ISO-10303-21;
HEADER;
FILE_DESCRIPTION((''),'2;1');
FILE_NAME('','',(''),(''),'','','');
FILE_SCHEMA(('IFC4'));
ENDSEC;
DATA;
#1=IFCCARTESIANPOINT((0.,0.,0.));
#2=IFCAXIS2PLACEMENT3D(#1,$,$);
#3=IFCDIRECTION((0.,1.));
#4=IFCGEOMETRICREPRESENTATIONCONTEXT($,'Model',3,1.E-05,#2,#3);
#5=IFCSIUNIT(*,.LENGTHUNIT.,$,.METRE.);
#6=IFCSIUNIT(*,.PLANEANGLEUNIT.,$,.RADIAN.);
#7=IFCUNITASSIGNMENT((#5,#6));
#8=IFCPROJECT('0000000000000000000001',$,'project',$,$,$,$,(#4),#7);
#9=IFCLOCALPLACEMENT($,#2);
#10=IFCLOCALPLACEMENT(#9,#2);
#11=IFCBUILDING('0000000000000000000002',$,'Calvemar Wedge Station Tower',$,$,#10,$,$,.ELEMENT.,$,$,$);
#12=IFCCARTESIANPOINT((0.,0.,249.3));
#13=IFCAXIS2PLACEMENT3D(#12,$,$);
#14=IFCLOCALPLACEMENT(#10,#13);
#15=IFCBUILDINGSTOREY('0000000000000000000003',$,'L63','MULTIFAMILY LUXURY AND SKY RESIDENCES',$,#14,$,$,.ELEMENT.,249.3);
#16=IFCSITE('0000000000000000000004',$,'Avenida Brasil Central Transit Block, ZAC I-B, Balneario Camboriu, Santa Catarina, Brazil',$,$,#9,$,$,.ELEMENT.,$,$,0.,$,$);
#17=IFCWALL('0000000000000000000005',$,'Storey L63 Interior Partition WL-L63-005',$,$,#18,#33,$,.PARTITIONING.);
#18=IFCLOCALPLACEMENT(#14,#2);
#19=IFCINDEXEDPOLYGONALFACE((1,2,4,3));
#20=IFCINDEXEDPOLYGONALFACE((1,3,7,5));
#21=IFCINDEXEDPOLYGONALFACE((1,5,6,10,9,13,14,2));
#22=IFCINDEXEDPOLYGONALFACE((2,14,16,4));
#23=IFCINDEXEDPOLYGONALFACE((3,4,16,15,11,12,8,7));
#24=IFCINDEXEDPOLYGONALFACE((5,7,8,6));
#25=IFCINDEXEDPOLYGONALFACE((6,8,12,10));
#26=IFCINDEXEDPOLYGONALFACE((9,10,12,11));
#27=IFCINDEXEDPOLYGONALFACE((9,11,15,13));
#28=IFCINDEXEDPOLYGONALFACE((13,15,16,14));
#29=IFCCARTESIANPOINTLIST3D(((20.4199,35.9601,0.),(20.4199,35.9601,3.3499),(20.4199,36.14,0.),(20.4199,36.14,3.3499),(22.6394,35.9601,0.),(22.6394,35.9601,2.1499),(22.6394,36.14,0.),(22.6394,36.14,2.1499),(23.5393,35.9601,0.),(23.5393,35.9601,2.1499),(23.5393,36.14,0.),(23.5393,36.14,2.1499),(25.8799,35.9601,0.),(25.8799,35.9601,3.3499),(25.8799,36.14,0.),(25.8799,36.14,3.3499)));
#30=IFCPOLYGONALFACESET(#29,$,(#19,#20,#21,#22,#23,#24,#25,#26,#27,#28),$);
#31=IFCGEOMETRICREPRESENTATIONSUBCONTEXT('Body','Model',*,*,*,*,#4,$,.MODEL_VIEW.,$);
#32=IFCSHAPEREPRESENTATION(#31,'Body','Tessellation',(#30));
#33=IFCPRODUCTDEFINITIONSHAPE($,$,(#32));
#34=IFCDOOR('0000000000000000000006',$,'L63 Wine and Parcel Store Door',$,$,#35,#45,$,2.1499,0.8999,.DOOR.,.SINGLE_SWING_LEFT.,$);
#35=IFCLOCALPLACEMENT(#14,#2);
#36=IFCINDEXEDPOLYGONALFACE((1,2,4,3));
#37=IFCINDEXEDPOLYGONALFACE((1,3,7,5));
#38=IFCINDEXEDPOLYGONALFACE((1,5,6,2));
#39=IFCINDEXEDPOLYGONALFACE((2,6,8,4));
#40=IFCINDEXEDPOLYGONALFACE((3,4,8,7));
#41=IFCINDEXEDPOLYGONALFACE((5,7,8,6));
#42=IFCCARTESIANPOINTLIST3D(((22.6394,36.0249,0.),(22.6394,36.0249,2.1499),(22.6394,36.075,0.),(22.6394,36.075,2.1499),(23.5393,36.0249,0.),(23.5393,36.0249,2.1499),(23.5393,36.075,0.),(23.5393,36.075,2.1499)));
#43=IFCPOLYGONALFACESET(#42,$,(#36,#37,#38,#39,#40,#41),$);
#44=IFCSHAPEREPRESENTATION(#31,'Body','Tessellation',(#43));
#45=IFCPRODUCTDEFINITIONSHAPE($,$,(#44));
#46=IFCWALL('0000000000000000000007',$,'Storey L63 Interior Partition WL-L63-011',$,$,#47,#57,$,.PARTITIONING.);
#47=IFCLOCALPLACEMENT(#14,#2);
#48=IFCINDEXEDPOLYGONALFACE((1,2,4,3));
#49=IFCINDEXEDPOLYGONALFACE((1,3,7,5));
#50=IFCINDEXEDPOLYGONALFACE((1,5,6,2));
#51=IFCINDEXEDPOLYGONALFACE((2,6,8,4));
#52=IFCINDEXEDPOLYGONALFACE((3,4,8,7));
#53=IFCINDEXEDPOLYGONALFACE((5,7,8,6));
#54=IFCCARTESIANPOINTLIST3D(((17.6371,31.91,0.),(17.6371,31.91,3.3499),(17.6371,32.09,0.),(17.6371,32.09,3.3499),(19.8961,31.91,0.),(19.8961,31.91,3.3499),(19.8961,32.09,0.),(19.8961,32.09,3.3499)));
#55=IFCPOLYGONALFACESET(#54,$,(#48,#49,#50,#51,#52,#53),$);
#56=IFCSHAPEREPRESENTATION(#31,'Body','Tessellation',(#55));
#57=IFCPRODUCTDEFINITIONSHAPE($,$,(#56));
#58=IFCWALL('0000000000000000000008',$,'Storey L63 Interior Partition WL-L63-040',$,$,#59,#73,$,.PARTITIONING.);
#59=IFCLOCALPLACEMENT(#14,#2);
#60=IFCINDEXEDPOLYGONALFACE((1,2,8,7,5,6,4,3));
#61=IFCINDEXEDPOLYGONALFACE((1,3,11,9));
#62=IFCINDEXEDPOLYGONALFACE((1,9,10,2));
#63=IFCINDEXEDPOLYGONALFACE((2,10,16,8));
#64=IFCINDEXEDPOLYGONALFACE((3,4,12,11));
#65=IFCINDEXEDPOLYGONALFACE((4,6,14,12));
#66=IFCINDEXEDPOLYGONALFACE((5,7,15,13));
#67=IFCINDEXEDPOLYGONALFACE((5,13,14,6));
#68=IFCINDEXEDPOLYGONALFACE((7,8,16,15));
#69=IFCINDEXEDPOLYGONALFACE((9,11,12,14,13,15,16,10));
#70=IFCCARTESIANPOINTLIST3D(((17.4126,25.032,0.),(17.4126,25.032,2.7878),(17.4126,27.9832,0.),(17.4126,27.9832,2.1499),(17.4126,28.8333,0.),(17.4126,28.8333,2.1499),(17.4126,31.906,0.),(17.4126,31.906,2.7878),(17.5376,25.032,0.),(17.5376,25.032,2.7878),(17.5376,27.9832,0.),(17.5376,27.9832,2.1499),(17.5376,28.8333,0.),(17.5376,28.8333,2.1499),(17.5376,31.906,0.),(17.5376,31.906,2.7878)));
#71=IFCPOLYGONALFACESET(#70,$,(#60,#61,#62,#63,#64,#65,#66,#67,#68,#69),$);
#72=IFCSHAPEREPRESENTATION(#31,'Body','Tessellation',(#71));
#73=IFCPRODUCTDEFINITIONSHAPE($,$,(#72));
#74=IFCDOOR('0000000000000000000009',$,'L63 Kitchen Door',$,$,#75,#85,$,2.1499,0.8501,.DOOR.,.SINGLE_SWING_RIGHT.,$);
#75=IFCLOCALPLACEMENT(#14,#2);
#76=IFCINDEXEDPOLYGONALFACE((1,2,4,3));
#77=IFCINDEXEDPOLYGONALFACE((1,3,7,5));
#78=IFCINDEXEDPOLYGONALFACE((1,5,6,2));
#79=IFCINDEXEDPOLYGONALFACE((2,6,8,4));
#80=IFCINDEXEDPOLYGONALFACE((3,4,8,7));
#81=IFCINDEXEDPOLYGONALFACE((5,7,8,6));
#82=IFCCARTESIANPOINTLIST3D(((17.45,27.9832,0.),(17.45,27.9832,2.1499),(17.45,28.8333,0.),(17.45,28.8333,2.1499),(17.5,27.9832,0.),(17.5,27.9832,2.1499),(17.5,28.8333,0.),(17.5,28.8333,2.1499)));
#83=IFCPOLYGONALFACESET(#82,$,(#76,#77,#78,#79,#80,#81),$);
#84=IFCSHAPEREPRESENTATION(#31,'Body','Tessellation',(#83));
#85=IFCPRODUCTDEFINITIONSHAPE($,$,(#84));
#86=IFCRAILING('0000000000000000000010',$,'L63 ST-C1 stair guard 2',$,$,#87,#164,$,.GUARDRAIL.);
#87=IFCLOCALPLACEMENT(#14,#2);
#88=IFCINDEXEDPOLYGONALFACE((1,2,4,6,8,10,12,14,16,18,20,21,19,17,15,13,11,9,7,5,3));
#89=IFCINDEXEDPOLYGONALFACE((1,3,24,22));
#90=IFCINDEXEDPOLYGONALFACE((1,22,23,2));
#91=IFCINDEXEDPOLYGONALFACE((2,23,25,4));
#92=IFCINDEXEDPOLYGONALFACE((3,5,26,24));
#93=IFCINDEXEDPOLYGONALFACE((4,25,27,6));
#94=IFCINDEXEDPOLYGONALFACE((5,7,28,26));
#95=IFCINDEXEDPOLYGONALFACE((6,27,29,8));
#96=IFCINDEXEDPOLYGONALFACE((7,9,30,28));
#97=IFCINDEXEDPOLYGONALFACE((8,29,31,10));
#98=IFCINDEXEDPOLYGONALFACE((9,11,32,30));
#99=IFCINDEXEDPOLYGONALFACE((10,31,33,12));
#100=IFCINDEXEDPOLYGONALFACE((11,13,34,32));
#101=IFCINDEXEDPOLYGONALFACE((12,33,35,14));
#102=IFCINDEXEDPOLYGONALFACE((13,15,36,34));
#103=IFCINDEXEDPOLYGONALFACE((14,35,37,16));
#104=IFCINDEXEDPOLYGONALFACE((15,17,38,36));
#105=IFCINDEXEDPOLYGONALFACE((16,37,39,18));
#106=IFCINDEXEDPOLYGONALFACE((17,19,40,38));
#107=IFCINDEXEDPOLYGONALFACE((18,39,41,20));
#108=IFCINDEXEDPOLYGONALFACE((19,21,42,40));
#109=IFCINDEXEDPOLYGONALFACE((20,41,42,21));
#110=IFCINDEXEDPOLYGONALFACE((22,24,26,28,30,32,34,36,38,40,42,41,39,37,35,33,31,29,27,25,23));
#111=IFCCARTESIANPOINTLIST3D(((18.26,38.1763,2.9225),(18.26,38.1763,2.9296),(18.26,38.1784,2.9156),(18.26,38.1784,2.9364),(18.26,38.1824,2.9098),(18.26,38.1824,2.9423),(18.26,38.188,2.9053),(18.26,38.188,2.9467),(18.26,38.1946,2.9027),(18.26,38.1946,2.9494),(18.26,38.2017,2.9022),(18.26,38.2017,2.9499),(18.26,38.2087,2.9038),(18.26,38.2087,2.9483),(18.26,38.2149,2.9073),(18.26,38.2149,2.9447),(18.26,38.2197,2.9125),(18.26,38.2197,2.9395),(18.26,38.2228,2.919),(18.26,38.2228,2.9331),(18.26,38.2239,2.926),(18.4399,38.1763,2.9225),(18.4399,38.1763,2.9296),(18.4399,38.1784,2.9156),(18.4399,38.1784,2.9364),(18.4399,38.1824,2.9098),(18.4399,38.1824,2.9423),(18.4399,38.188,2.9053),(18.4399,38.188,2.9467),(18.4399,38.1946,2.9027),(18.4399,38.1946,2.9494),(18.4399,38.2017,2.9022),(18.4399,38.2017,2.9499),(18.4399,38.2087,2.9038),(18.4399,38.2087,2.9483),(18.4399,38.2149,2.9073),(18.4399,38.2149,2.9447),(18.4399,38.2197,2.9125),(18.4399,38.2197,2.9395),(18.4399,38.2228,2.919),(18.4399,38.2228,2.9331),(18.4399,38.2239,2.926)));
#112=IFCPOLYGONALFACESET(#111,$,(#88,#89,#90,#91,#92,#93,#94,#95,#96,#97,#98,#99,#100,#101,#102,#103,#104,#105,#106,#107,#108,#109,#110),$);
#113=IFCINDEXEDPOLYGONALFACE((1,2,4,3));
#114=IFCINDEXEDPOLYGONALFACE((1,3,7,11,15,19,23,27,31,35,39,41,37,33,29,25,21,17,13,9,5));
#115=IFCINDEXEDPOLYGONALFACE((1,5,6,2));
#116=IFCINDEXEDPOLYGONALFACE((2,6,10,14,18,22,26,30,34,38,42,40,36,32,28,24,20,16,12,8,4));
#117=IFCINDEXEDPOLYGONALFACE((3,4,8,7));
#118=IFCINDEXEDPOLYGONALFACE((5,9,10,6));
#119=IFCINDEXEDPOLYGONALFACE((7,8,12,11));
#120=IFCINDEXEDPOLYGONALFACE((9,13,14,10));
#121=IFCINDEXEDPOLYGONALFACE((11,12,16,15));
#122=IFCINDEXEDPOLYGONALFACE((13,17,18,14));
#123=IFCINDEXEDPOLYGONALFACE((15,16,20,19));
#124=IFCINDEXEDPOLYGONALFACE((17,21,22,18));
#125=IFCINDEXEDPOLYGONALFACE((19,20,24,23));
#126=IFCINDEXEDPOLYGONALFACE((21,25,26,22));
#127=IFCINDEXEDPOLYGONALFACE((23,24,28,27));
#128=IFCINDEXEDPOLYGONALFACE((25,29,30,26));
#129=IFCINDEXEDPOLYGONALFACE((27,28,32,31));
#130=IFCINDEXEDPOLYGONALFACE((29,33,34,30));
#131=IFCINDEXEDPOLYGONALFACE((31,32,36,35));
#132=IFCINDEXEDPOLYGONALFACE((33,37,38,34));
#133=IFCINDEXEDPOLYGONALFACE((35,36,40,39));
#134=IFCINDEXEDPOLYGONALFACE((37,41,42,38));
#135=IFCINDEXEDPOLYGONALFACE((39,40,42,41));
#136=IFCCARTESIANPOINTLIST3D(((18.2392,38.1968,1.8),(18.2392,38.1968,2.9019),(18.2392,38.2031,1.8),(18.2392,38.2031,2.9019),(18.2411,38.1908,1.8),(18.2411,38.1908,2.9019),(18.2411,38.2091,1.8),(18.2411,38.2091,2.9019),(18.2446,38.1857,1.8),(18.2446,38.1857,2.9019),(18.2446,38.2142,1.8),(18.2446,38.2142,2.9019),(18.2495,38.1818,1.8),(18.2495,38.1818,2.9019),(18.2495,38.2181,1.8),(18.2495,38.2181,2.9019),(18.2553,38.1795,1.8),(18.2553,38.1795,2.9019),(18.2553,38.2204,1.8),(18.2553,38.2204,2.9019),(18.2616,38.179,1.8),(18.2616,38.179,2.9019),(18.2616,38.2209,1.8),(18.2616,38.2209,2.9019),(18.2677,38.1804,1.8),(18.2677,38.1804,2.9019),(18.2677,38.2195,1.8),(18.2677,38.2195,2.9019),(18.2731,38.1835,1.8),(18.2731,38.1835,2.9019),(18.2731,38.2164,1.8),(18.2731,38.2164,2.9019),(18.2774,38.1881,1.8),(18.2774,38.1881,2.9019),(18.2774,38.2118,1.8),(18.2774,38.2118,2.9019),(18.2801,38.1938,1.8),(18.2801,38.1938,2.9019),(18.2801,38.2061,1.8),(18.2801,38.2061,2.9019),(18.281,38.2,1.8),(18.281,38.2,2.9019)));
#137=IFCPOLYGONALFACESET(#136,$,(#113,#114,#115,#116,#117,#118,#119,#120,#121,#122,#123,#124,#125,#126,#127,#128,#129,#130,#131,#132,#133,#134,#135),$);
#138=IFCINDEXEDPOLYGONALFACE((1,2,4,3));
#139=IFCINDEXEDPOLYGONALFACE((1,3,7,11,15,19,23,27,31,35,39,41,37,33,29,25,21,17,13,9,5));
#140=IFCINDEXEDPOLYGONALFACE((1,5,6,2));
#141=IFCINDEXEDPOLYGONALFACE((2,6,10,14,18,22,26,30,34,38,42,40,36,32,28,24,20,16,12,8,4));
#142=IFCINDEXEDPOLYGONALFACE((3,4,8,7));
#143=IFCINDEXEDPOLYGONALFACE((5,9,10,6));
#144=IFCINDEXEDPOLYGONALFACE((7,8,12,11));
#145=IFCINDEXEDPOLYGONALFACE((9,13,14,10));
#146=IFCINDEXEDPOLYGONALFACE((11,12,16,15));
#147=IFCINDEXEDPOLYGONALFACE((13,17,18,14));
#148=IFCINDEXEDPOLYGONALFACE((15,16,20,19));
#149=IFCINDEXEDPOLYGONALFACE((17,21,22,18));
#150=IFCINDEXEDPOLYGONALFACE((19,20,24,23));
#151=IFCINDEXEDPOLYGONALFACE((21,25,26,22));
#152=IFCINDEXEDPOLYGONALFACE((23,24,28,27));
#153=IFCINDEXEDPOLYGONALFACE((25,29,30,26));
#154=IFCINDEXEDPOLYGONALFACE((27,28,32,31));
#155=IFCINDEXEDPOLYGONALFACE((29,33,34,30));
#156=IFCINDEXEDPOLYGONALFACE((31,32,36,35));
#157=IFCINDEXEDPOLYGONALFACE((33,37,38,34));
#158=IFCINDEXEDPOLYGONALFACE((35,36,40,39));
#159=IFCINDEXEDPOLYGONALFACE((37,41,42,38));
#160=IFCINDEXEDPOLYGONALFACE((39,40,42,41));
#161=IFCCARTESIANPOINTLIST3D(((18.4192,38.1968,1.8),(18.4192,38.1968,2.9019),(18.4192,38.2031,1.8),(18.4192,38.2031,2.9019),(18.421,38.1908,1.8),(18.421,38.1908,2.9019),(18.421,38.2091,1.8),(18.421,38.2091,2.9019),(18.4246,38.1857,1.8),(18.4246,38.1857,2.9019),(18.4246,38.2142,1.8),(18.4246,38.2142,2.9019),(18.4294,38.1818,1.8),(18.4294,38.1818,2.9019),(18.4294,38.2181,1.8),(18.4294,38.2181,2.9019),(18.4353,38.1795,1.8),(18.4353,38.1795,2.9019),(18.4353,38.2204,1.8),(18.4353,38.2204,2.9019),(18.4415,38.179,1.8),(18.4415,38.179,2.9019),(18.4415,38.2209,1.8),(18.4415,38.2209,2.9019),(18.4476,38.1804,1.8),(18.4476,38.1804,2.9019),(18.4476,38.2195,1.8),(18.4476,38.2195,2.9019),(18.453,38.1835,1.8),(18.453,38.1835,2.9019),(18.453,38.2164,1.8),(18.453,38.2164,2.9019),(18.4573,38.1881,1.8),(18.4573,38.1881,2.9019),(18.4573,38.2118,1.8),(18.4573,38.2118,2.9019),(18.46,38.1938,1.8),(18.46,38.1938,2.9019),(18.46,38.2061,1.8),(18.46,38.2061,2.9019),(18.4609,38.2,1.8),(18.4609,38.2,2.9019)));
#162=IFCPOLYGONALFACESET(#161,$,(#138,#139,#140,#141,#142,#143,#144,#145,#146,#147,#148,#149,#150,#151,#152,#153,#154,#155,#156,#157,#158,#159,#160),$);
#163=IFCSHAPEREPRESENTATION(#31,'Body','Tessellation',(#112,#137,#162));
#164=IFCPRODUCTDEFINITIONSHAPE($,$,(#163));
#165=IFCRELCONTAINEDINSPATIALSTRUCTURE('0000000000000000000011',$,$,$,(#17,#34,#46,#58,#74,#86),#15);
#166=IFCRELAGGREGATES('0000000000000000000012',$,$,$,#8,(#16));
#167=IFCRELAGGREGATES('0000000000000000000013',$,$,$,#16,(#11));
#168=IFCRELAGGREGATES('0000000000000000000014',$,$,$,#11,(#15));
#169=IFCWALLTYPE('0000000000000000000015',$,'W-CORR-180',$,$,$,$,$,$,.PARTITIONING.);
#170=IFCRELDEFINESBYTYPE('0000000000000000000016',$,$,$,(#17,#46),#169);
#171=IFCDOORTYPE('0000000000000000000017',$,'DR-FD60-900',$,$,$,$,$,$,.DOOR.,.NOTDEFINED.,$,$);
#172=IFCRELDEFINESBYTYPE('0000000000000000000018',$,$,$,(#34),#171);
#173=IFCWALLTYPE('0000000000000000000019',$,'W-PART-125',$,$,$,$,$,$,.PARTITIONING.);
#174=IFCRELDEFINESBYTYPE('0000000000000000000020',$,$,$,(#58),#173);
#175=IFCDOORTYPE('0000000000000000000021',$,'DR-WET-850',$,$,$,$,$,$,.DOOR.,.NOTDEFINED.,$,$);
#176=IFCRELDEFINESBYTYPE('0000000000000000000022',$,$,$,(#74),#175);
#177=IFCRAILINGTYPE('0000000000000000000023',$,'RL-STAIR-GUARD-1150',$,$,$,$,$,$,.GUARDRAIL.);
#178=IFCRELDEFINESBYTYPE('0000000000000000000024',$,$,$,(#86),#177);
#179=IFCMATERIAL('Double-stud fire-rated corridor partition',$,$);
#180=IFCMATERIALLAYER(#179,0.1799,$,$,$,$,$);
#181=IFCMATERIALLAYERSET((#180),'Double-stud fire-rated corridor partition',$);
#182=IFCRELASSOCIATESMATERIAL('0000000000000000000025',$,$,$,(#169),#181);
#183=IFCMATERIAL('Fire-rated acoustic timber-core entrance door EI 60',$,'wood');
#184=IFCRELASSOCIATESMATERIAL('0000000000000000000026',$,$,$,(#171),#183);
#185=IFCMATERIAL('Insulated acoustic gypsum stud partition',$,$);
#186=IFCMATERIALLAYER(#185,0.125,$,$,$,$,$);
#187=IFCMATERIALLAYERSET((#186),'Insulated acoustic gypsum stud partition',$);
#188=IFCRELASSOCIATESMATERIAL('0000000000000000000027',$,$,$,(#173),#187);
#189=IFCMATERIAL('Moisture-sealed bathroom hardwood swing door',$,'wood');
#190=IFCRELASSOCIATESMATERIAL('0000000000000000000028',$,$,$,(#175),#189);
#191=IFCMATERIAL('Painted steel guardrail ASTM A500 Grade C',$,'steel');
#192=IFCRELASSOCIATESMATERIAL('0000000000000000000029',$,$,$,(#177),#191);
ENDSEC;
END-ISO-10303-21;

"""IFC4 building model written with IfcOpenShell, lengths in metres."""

from ifc_helpers import new_model, si_unit, direction, frame, frame_2d, origin, origin_2d, place, context, subcontext, project, spatial, rectangle, circle, extrude, source, transform, mapped, material, layer, layer_set, type_object, element, fill, save


model = new_model("IFC4")

# Units and contexts
model_context = context("Model", 3, precision=1e-05, world=origin(), true_north=direction((0.0, 1.0)))
body_context = subcontext(model_context, "Body", "Model", "MODEL_VIEW")
ifc_project = project(units=[si_unit("LENGTHUNIT", "METRE"), si_unit("PLANEANGLEUNIT", "RADIAN")], contexts=[model_context])

# Site, building, storey
site_placement = place(None, origin())
site = spatial("IfcSite", under=ifc_project, at=site_placement, Name="Avenida Brasil Central Transit Block, ZAC I-B, Balneario Camboriu, Santa Catarina, Brazil", CompositionType="ELEMENT", RefElevation=0.0)
building_placement = place(site_placement, origin())
building = spatial("IfcBuilding", under=site, at=building_placement, Name="Calvemar Wedge Station Tower", CompositionType="ELEMENT")
storey_placement = place(building_placement, frame((0.0, 0.0, 249.3)))
storey = spatial("IfcBuildingStorey", under=building, at=storey_placement, Name="L63", Description="MULTIFAMILY LUXURY AND SKY RESIDENCES", CompositionType="ELEMENT", Elevation=249.3)

# Wall, opening, door
ifc_material_1 = material(Name="Double-stud fire-rated corridor partition")
ifc_layer_1 = layer(ifc_material_1, 0.1799)
ifc_layer_set_1 = layer_set([ifc_layer_1], Name="Double-stud fire-rated corridor partition")
wall_type_1 = type_object("IfcWallType", Name="W-CORR-180", PredefinedType="PARTITIONING", material=ifc_layer_set_1)
wall_1_placement = place(storey_placement, frame((20.4199, 36.05, 0.0), z_axis=(0.0, 0.0, 1.0), x_axis=(1.0, 0.0, 0.0)))
wall_1 = element("IfcWall", 1, at=wall_1_placement, inside=storey, type_object=wall_type_1, Name="Storey L63 Interior Partition WL-L63-005", PredefinedType="PARTITIONING", context=body_context, shape_type="SweptSolid", body=[
    extrude(rectangle(XDim=5.46, YDim=0.1799, at=frame_2d((2.73, 0.0))), origin(), (0.0, 0.0, 1.0), 3.3499),
])
shared_shape_1 = source(origin(), body_context, "Body", "SweptSolid", [
    extrude(rectangle(XDim=0.8999, YDim=2.1499, at=frame_2d((0.45, 1.075))), frame((0.0, 0.1001, 0.0), z_axis=(0.0, -1.0, 0.0), x_axis=(1.0, 0.0, 0.0)), (0.0, 0.0, 1.0), 0.2),
])
opening_1_placement = place(wall_1_placement, frame((2.2195, 0.0, 0.0)))
opening_1 = element("IfcOpeningElement", 2, at=opening_1_placement, cuts=wall_1, PredefinedType="OPENING", context=body_context, shape_type="MappedRepresentation", body=[
    mapped(shared_shape_1, transform((0.0, 0.0, 0.0), scale=1.0)),
])
ifc_material_2 = material(Name="Fire-rated acoustic timber-core entrance door EI 60", Category="wood")
door_type_1 = type_object("IfcDoorType", Name="DR-FD60-900", OperationType="NOTDEFINED", PredefinedType="DOOR", material=ifc_material_2)
shared_shape_2 = source(origin(), body_context, "Body", "SweptSolid", [
    extrude(rectangle(XDim=0.8999, YDim=2.1499, at=frame_2d((0.45, 1.075))), frame((0.0, 0.0249, 0.0), z_axis=(0.0, -1.0, 0.0), x_axis=(1.0, 0.0, 0.0)), (0.0, 0.0, 1.0), 0.05),
])
door_1_placement = place(opening_1_placement, origin())
door_1 = element("IfcDoor", 3, at=door_1_placement, inside=storey, type_object=door_type_1, Name="L63 Wine and Parcel Store Door", OperationType="SINGLE_SWING_LEFT", OverallHeight=2.1499, OverallWidth=0.8999, PredefinedType="DOOR", context=body_context, shape_type="MappedRepresentation", body=[
    mapped(shared_shape_2, transform((0.0, 0.0, 0.0), scale=1.0)),
])
fill(opening_1, door_1)

# Wall
wall_2_placement = place(storey_placement, frame((19.896, 32.0, 0.0), z_axis=(0.0, 0.0, 1.0), x_axis=(-1.0, 0.0, 0.0)))
element("IfcWall", 4, at=wall_2_placement, inside=storey, type_object=wall_type_1, Name="Storey L63 Interior Partition WL-L63-011", PredefinedType="PARTITIONING", context=body_context, shape_type="SweptSolid", body=[
    extrude(rectangle(XDim=2.259, YDim=0.1799, at=frame_2d((1.1294, 0.0))), origin(), (0.0, 0.0, 1.0), 3.3499),
])

# Wall, opening, door
ifc_material_3 = material(Name="Insulated acoustic gypsum stud partition")
ifc_layer_2 = layer(ifc_material_3, 0.125)
ifc_layer_set_2 = layer_set([ifc_layer_2], Name="Insulated acoustic gypsum stud partition")
wall_type_2 = type_object("IfcWallType", Name="W-PART-125", PredefinedType="PARTITIONING", material=ifc_layer_set_2)
wall_3_placement = place(storey_placement, frame((17.4751, 31.906, 0.0), z_axis=(0.0, 0.0, 1.0), x_axis=(0.0, -1.0, 0.0)))
wall_3 = element("IfcWall", 5, at=wall_3_placement, inside=storey, type_object=wall_type_2, Name="Storey L63 Interior Partition WL-L63-040", PredefinedType="PARTITIONING", context=body_context, shape_type="SweptSolid", body=[
    extrude(rectangle(XDim=6.874, YDim=0.125, at=frame_2d((3.437, 0.0))), origin(), (0.0, 0.0, 1.0), 2.7878),
])
shared_shape_3 = source(origin(), body_context, "Body", "SweptSolid", [
    extrude(rectangle(XDim=0.8501, YDim=2.1499, at=frame_2d((0.425, 1.075))), frame((0.0, 0.0725, 0.0), z_axis=(0.0, -1.0, 0.0), x_axis=(1.0, 0.0, 0.0)), (0.0, 0.0, 1.0), 0.145),
])
opening_2_placement = place(wall_3_placement, frame((3.0728, 0.0, 0.0)))
opening_2 = element("IfcOpeningElement", 6, at=opening_2_placement, cuts=wall_3, PredefinedType="OPENING", context=body_context, shape_type="MappedRepresentation", body=[
    mapped(shared_shape_3, transform((0.0, 0.0, 0.0), scale=1.0)),
])
ifc_material_4 = material(Name="Moisture-sealed bathroom hardwood swing door", Category="wood")
door_type_2 = type_object("IfcDoorType", Name="DR-WET-850", OperationType="NOTDEFINED", PredefinedType="DOOR", material=ifc_material_4)
shared_shape_4 = source(origin(), body_context, "Body", "SweptSolid", [
    extrude(rectangle(XDim=0.8501, YDim=2.1499, at=frame_2d((0.425, 1.075))), frame((0.0, 0.0249, 0.0), z_axis=(0.0, -1.0, 0.0), x_axis=(1.0, 0.0, 0.0)), (0.0, 0.0, 1.0), 0.05),
])
door_2_placement = place(opening_2_placement, origin())
door_2 = element("IfcDoor", 7, at=door_2_placement, inside=storey, type_object=door_type_2, Name="L63 Kitchen Door", OperationType="SINGLE_SWING_RIGHT", OverallHeight=2.1499, OverallWidth=0.8501, PredefinedType="DOOR", context=body_context, shape_type="MappedRepresentation", body=[
    mapped(shared_shape_4, transform((0.0, 0.0, 0.0), scale=1.0)),
])
fill(opening_2, door_2)

# Railing
ifc_material_5 = material(Name="Painted steel guardrail ASTM A500 Grade C", Category="steel")
railing_type = type_object("IfcRailingType", Name="RL-STAIR-GUARD-1150", PredefinedType="GUARDRAIL", material=ifc_material_5)
railing_placement = place(storey_placement, frame((18.26, 38.2, 1.8)))
element("IfcRailing", 8, at=railing_placement, inside=storey, type_object=railing_type, Name="L63 ST-C1 stair guard 2", PredefinedType="GUARDRAIL", context=body_context, shape_type="SweptSolid", body=[
    extrude(circle(Radius=0.0239, at=origin_2d()), frame((0.0, 0.0, 1.126), z_axis=(1.0, 0.0, 0.0), x_axis=(0.0, 1.0, 0.0)), (0.0, 0.0, 1.0), 0.1799),
    extrude(circle(Radius=0.021, at=origin_2d()), origin(), (0.0, 0.0, 1.0), 1.1018),
    extrude(circle(Radius=0.021, at=origin_2d()), frame((0.1799, 0.0, 0.0)), (0.0, 0.0, 1.0), 1.1018),
])

save(model, "model.ifc")
